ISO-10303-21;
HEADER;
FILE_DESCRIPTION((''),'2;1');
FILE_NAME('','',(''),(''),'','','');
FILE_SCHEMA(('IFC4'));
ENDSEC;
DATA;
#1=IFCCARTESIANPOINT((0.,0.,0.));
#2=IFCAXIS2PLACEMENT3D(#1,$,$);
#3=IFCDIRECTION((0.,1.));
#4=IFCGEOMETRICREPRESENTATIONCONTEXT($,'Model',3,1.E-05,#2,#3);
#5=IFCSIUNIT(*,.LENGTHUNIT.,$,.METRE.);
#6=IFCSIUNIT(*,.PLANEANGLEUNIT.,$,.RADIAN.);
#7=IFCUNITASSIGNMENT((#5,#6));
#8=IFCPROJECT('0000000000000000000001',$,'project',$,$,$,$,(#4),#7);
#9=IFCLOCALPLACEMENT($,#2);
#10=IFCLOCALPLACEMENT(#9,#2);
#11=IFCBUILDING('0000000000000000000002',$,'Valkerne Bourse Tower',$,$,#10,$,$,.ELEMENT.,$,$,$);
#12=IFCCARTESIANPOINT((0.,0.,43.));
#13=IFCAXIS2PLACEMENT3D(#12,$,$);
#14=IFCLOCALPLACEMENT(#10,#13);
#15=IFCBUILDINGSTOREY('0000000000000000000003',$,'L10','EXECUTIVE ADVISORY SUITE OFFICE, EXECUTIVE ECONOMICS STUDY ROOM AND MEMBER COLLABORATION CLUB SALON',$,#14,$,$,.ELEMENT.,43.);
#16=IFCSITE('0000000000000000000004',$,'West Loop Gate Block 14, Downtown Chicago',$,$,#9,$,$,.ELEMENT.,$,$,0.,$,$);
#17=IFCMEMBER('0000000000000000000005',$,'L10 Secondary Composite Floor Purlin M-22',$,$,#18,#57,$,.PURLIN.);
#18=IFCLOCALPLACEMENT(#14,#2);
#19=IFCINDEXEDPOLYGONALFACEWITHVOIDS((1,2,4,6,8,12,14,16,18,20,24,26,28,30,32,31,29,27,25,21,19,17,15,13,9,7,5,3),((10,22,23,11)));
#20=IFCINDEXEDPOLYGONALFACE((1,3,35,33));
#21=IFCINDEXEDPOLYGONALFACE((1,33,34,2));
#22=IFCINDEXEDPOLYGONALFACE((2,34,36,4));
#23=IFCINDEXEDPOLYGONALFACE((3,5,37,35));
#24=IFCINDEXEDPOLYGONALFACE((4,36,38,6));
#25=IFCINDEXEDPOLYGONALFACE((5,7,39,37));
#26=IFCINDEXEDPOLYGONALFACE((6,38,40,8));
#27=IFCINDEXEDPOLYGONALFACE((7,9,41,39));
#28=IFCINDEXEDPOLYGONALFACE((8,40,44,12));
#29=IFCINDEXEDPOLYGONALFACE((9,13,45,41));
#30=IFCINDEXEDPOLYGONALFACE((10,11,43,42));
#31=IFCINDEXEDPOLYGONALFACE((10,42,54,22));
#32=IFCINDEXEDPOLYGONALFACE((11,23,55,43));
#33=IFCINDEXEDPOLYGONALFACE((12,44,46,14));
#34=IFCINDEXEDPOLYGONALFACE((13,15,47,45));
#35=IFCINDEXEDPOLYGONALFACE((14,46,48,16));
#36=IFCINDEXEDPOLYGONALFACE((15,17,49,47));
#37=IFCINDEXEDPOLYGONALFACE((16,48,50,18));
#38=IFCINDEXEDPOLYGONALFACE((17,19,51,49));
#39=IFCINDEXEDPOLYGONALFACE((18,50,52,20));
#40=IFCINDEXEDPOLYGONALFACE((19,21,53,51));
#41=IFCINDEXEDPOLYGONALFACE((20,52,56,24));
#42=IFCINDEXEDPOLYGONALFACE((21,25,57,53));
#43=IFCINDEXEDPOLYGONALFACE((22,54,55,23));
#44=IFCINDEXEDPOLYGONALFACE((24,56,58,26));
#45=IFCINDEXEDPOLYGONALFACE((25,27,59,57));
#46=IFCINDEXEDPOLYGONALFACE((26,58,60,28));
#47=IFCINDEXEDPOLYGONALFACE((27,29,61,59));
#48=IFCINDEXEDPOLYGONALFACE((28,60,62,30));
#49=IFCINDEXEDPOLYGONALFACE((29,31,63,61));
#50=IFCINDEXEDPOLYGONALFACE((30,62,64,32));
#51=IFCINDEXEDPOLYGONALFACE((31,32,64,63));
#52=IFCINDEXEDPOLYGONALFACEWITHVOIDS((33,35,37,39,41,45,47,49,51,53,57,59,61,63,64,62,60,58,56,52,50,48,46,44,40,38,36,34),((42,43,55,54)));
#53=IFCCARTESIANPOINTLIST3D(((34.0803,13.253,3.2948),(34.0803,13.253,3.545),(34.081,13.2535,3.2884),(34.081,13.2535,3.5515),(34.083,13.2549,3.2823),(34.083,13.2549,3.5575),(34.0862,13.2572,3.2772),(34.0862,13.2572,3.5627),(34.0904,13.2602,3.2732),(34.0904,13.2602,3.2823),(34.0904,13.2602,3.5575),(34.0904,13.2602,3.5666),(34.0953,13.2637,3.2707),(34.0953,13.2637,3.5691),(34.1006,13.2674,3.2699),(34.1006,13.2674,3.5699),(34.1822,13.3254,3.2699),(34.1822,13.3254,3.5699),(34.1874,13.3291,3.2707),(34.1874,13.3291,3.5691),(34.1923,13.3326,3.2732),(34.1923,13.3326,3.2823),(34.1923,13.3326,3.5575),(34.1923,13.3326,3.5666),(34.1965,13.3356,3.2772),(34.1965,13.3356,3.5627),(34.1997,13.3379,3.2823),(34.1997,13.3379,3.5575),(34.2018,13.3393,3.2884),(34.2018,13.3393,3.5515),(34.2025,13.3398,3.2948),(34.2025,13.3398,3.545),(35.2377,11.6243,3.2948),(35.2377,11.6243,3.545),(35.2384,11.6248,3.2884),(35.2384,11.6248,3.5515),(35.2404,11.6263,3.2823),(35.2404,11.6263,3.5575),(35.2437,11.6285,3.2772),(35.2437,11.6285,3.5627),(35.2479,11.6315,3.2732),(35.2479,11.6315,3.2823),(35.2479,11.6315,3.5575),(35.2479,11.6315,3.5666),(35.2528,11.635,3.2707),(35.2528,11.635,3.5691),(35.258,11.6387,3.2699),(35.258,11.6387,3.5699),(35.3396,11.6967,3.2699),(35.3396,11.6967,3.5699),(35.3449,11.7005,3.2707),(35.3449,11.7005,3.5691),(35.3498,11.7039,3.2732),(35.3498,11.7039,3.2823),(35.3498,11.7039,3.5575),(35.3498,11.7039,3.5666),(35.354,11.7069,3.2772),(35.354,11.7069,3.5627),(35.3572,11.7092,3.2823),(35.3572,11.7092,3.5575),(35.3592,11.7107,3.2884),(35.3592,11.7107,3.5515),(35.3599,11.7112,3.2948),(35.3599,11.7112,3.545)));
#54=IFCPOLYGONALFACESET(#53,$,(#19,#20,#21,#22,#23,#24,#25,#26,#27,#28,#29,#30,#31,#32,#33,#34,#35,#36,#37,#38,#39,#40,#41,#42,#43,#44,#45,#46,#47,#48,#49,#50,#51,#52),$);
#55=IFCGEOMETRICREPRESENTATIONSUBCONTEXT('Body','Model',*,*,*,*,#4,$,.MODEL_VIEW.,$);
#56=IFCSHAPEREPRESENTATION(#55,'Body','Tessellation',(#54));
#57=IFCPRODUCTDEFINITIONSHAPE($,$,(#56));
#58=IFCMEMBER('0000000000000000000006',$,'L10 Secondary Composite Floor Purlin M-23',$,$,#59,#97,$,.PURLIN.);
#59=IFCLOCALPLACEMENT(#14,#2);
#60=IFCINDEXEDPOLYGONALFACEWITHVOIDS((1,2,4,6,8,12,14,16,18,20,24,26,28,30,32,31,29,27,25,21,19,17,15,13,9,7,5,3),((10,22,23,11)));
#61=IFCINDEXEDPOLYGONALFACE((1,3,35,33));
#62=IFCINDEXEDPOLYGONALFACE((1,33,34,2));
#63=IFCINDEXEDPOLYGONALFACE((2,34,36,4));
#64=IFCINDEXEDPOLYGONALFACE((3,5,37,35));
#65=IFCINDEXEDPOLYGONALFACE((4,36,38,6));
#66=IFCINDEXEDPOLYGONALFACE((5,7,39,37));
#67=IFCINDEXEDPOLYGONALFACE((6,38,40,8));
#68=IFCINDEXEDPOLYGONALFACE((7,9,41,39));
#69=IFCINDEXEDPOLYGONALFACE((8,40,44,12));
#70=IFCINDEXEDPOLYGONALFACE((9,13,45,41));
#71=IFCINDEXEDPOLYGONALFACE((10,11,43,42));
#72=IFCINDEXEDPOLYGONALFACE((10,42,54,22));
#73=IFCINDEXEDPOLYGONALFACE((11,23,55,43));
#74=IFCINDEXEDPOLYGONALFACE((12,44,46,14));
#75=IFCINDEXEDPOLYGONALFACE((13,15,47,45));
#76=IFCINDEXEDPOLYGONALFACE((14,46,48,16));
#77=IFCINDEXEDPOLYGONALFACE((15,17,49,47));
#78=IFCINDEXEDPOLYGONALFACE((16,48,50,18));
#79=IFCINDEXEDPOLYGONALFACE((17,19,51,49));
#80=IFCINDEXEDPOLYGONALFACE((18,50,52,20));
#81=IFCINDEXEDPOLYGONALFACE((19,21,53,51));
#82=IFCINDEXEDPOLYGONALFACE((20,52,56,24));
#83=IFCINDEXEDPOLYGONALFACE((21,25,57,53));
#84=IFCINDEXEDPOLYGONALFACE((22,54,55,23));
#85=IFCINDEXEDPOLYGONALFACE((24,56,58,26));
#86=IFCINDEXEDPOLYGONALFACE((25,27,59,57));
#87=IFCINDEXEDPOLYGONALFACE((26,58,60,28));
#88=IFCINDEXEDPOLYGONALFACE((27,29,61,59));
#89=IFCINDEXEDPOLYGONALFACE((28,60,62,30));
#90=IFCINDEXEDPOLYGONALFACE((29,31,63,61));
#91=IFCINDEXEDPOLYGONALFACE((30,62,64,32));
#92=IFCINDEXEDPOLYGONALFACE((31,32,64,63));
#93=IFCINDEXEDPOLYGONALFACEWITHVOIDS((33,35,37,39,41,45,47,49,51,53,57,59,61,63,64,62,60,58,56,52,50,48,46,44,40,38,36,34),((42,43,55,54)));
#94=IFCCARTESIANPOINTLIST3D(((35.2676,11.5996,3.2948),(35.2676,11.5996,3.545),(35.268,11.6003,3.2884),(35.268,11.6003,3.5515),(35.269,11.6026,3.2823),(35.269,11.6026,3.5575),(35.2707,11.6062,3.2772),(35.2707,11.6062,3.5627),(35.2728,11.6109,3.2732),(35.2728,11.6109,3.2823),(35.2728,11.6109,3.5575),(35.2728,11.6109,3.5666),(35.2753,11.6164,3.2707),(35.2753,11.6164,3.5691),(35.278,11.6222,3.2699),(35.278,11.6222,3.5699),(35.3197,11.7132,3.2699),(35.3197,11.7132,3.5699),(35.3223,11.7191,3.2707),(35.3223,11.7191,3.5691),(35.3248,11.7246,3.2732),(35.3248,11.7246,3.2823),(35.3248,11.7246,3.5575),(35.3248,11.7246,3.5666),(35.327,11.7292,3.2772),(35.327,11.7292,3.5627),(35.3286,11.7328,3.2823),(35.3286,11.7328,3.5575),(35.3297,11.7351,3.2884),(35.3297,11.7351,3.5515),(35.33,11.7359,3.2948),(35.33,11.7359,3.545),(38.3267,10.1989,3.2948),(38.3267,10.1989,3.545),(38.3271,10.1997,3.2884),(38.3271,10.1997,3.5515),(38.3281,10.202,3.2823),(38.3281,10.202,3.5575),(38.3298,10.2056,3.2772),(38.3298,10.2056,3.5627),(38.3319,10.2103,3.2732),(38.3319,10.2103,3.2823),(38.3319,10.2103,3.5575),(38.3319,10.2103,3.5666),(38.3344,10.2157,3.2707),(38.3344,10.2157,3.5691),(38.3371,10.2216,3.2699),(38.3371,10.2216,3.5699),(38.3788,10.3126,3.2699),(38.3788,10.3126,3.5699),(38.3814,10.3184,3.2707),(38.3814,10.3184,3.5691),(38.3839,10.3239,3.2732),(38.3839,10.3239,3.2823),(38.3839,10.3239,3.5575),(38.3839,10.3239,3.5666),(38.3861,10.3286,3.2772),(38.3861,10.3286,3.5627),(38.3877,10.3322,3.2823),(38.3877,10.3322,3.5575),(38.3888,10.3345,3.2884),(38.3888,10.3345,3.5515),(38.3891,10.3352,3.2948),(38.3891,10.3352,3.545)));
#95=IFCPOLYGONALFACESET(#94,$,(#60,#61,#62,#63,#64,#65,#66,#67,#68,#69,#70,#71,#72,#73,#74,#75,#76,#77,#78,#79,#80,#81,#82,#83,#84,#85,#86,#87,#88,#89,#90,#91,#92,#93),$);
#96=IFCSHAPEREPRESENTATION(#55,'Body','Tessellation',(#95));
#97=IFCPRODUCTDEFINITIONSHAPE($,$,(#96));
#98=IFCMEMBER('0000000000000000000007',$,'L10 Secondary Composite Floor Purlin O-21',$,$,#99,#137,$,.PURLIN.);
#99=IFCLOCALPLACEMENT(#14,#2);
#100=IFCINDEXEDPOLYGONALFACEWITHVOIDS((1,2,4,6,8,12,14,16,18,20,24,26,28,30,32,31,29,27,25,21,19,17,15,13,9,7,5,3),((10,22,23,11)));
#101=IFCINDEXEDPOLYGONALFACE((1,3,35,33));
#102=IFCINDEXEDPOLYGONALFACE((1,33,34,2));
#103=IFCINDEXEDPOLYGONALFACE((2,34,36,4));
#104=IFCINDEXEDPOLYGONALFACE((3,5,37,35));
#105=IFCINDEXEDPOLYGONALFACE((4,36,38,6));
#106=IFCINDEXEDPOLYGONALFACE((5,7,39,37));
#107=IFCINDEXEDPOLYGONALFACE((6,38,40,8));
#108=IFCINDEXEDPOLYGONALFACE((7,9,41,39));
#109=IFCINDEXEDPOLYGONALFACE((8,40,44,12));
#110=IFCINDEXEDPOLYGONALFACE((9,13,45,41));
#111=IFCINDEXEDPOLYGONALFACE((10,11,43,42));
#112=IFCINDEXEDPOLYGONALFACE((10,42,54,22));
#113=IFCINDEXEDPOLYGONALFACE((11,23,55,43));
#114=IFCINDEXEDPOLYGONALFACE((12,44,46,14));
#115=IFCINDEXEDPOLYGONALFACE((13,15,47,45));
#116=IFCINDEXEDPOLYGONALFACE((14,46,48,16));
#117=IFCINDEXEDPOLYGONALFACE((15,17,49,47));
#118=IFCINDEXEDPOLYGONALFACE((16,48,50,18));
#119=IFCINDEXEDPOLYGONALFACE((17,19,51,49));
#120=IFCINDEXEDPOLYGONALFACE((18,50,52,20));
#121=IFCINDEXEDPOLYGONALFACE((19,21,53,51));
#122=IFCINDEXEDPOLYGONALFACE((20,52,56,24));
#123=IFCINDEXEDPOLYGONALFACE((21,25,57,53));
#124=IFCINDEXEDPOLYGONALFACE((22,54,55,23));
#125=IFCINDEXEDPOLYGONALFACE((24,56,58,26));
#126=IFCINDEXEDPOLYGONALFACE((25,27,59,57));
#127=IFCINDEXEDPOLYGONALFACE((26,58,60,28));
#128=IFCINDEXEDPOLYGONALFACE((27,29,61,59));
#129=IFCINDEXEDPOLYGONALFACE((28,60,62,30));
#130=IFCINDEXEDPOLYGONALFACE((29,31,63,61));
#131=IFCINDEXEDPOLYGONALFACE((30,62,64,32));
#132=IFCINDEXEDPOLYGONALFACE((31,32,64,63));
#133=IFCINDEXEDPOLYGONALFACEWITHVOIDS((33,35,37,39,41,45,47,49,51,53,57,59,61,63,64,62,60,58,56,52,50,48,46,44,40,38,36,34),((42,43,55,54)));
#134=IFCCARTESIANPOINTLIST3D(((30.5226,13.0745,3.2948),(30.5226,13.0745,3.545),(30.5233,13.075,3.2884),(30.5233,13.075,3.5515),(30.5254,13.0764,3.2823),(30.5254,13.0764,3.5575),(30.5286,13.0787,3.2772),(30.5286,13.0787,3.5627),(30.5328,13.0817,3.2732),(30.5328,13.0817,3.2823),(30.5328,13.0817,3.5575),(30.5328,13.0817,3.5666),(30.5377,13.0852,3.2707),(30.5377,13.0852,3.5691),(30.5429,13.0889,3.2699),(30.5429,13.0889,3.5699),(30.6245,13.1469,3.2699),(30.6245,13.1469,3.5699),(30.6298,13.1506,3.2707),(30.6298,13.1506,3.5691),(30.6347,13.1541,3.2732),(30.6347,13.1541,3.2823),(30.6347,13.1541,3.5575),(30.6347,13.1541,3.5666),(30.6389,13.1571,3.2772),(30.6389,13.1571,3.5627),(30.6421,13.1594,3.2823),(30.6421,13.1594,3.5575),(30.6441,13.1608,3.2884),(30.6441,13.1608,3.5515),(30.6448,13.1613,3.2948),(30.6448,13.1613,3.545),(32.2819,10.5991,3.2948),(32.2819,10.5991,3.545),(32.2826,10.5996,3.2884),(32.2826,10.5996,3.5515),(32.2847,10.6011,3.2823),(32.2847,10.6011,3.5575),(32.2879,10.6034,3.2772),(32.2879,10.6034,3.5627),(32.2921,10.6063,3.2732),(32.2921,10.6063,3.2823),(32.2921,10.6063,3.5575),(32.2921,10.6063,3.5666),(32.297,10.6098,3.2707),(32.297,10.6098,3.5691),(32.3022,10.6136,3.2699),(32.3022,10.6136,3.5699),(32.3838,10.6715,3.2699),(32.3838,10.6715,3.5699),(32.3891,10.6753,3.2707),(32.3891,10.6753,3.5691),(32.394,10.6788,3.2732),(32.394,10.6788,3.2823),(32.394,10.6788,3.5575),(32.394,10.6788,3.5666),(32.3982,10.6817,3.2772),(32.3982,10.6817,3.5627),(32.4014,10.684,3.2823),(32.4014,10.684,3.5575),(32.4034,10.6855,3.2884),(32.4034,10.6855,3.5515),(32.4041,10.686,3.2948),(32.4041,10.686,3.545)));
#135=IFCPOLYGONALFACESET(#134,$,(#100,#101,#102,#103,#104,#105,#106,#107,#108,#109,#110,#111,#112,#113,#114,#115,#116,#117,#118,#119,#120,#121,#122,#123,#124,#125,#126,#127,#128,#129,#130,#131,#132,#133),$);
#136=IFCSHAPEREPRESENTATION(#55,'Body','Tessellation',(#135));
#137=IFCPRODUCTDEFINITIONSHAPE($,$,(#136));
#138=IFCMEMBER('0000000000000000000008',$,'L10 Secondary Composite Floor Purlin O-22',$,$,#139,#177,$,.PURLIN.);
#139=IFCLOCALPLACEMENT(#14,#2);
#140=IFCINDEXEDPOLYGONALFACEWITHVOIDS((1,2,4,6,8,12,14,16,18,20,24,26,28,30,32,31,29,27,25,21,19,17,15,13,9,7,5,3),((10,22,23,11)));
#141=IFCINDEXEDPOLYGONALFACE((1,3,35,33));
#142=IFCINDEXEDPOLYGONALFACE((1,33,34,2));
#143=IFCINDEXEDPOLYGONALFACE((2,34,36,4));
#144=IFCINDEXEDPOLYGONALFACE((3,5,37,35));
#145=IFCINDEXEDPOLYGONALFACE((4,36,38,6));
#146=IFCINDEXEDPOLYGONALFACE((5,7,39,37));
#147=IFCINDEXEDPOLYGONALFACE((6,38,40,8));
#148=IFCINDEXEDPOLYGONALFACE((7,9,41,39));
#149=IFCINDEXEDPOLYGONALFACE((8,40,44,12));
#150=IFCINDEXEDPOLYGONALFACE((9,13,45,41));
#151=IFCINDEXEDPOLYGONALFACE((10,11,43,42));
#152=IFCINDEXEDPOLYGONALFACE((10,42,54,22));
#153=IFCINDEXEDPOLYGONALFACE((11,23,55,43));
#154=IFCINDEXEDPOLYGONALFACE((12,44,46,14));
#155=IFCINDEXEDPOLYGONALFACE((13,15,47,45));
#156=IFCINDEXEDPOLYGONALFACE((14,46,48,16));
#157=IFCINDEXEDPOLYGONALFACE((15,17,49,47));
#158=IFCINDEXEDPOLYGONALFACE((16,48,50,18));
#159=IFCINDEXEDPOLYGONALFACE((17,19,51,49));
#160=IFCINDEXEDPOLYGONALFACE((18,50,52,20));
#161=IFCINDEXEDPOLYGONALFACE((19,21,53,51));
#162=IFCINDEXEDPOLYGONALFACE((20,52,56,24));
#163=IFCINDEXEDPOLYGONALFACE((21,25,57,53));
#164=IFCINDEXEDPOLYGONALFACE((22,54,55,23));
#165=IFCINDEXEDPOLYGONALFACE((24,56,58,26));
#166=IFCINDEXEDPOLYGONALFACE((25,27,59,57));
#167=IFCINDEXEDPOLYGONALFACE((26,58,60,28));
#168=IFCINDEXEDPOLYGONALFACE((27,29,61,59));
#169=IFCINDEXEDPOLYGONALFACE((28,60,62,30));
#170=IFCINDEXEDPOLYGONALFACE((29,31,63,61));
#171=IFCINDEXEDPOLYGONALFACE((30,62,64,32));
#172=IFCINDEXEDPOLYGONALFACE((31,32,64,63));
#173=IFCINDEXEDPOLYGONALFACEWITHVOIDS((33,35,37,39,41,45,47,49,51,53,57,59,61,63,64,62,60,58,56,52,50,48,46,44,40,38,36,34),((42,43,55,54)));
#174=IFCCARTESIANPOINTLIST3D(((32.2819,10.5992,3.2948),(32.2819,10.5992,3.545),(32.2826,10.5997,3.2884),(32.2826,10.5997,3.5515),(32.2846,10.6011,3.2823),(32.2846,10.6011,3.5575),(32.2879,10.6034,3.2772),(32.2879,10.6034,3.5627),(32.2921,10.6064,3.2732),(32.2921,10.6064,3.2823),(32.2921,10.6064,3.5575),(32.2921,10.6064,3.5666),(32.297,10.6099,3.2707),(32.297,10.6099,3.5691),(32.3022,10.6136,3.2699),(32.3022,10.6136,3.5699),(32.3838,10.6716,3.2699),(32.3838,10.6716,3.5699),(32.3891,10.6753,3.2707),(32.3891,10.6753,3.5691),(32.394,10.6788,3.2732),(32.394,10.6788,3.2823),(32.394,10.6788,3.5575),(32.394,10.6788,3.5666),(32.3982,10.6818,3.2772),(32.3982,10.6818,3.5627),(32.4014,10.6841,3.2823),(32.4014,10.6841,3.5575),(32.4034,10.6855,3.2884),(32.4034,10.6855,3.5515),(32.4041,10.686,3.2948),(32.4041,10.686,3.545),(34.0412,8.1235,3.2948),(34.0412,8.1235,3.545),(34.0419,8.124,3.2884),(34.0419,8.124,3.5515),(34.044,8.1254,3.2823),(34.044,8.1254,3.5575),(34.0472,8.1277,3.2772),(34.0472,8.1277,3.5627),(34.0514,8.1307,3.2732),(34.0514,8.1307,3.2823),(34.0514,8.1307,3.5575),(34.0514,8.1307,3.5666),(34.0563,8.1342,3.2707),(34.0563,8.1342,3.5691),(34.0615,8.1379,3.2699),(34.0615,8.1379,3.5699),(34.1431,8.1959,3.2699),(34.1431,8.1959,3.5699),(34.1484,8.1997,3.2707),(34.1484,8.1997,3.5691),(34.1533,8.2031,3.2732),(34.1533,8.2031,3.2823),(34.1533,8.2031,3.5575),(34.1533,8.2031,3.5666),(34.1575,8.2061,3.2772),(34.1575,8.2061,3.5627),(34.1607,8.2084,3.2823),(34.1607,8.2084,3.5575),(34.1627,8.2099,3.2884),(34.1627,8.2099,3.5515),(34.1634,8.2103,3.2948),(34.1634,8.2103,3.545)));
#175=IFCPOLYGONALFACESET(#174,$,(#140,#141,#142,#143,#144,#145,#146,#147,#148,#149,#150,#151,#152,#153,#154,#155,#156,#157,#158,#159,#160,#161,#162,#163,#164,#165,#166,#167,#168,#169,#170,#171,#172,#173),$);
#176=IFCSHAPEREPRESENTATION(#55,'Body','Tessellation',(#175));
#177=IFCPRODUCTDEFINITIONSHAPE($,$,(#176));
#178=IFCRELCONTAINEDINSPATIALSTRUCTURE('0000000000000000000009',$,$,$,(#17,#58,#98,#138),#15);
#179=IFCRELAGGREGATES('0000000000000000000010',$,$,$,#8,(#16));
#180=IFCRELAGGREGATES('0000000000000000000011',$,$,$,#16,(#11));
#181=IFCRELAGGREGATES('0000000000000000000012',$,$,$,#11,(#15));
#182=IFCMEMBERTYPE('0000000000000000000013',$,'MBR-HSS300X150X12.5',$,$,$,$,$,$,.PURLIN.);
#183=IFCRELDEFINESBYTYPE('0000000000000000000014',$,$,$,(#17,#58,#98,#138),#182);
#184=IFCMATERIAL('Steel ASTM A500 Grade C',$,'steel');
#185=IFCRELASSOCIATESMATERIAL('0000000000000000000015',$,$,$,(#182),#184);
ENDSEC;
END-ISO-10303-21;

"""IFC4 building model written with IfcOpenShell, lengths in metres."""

from ifc_helpers import new_model, si_unit, direction, frame, origin, origin_2d, place, context, subcontext, project, spatial, hollow_rectangle, extrude, material, material_profile, profile_set, type_object, element, save


model = new_model("IFC4")

# Units and contexts
model_context = context("Model", 3, precision=1e-05, world=origin(), true_north=direction((0.0, 1.0)))
body_context = subcontext(model_context, "Body", "Model", "MODEL_VIEW")
ifc_project = project(units=[si_unit("LENGTHUNIT", "METRE"), si_unit("PLANEANGLEUNIT", "RADIAN")], contexts=[model_context])

# Site, building, storey
site_placement = place(None, origin())
site = spatial("IfcSite", under=ifc_project, at=site_placement, Name="West Loop Gate Block 14, Downtown Chicago", CompositionType="ELEMENT", RefElevation=0.0)
building_placement = place(site_placement, origin())
building = spatial("IfcBuilding", under=site, at=building_placement, Name="Valkerne Bourse Tower", CompositionType="ELEMENT")
storey_placement = place(building_placement, frame((0.0, 0.0, 43.0)))
storey = spatial("IfcBuildingStorey", under=building, at=storey_placement, Name="L10", Description="EXECUTIVE ADVISORY SUITE OFFICE, EXECUTIVE ECONOMICS STUDY ROOM AND MEMBER COLLABORATION CLUB SALON", CompositionType="ELEMENT", Elevation=43.0)

# Members
ifc_material_1 = material(Name="Steel ASTM A500 Grade C", Category="steel")
ifc_material_profile_1 = material_profile(ifc_material_1, hollow_rectangle(XDim=0.1499, YDim=0.3, WallThickness=0.0125, OuterFilletRadius=0.0249, at=origin_2d()), Name="HSS300X150X12.5")
ifc_profile_set_1 = profile_set([ifc_material_profile_1], Name="Steel ASTM A500 Grade C")
member_type_1 = type_object("IfcMemberType", Name="MBR-HSS300X150X12.5", PredefinedType="PURLIN", material=ifc_profile_set_1)
for number, where, z_axis, x_axis, name in (
    (1, (34.1414, 13.2964, 3.4199), (0.579295, -0.815118, 0.0), (0.815118, 0.579295, 0.0), "L10 Secondary Composite Floor Purlin M-22"),
):
    element("IfcMember", number, at=place(storey_placement, frame(where, z_axis=z_axis, x_axis=x_axis)), inside=storey, type_object=member_type_1, Name=name, PredefinedType="PURLIN", context=body_context, shape_type="SweptSolid", body=[
        extrude(hollow_rectangle(XDim=0.1499, YDim=0.3, WallThickness=0.0125, OuterFilletRadius=0.0249, at=origin_2d()), origin(), (0.0, 0.0, 1.0), 1.998),
    ])
member_1_placement = place(storey_placement, frame((35.2988, 11.6677, 3.4199), z_axis=(0.909227, -0.4163, 0.0), x_axis=(0.4163, 0.909227, 0.0)))
element("IfcMember", 2, at=member_1_placement, inside=storey, type_object=member_type_1, Name="L10 Secondary Composite Floor Purlin M-23", PredefinedType="PURLIN", context=body_context, shape_type="SweptSolid", body=[
    extrude(hollow_rectangle(XDim=0.1499, YDim=0.3, WallThickness=0.0125, OuterFilletRadius=0.0249, at=origin_2d()), origin(), (0.0, 0.0, 1.0), 3.3645),
])
member_2_placement = place(storey_placement, frame((30.5837, 13.1179, 3.4199), z_axis=(0.579313, -0.815105, 0.0), x_axis=(0.815105, 0.579313, 0.0)))
element("IfcMember", 3, at=member_2_placement, inside=storey, type_object=member_type_1, Name="L10 Secondary Composite Floor Purlin O-21", PredefinedType="PURLIN", context=body_context, shape_type="SweptSolid", body=[
    extrude(hollow_rectangle(XDim=0.1499, YDim=0.3, WallThickness=0.0125, OuterFilletRadius=0.0249, at=origin_2d()), origin(), (0.0, 0.0, 1.0), 3.0369),
])
member_3_placement = place(storey_placement, frame((32.343, 10.6426, 3.4199), z_axis=(0.579275, -0.815132, 0.0), x_axis=(0.815132, 0.579275, 0.0)))
element("IfcMember", 4, at=member_3_placement, inside=storey, type_object=member_type_1, Name="L10 Secondary Composite Floor Purlin O-22", PredefinedType="PURLIN", context=body_context, shape_type="SweptSolid", body=[
    extrude(hollow_rectangle(XDim=0.1499, YDim=0.3, WallThickness=0.0125, OuterFilletRadius=0.0249, at=origin_2d()), origin(), (0.0, 0.0, 1.0), 3.0371),
])

save(model, "model.ifc")
